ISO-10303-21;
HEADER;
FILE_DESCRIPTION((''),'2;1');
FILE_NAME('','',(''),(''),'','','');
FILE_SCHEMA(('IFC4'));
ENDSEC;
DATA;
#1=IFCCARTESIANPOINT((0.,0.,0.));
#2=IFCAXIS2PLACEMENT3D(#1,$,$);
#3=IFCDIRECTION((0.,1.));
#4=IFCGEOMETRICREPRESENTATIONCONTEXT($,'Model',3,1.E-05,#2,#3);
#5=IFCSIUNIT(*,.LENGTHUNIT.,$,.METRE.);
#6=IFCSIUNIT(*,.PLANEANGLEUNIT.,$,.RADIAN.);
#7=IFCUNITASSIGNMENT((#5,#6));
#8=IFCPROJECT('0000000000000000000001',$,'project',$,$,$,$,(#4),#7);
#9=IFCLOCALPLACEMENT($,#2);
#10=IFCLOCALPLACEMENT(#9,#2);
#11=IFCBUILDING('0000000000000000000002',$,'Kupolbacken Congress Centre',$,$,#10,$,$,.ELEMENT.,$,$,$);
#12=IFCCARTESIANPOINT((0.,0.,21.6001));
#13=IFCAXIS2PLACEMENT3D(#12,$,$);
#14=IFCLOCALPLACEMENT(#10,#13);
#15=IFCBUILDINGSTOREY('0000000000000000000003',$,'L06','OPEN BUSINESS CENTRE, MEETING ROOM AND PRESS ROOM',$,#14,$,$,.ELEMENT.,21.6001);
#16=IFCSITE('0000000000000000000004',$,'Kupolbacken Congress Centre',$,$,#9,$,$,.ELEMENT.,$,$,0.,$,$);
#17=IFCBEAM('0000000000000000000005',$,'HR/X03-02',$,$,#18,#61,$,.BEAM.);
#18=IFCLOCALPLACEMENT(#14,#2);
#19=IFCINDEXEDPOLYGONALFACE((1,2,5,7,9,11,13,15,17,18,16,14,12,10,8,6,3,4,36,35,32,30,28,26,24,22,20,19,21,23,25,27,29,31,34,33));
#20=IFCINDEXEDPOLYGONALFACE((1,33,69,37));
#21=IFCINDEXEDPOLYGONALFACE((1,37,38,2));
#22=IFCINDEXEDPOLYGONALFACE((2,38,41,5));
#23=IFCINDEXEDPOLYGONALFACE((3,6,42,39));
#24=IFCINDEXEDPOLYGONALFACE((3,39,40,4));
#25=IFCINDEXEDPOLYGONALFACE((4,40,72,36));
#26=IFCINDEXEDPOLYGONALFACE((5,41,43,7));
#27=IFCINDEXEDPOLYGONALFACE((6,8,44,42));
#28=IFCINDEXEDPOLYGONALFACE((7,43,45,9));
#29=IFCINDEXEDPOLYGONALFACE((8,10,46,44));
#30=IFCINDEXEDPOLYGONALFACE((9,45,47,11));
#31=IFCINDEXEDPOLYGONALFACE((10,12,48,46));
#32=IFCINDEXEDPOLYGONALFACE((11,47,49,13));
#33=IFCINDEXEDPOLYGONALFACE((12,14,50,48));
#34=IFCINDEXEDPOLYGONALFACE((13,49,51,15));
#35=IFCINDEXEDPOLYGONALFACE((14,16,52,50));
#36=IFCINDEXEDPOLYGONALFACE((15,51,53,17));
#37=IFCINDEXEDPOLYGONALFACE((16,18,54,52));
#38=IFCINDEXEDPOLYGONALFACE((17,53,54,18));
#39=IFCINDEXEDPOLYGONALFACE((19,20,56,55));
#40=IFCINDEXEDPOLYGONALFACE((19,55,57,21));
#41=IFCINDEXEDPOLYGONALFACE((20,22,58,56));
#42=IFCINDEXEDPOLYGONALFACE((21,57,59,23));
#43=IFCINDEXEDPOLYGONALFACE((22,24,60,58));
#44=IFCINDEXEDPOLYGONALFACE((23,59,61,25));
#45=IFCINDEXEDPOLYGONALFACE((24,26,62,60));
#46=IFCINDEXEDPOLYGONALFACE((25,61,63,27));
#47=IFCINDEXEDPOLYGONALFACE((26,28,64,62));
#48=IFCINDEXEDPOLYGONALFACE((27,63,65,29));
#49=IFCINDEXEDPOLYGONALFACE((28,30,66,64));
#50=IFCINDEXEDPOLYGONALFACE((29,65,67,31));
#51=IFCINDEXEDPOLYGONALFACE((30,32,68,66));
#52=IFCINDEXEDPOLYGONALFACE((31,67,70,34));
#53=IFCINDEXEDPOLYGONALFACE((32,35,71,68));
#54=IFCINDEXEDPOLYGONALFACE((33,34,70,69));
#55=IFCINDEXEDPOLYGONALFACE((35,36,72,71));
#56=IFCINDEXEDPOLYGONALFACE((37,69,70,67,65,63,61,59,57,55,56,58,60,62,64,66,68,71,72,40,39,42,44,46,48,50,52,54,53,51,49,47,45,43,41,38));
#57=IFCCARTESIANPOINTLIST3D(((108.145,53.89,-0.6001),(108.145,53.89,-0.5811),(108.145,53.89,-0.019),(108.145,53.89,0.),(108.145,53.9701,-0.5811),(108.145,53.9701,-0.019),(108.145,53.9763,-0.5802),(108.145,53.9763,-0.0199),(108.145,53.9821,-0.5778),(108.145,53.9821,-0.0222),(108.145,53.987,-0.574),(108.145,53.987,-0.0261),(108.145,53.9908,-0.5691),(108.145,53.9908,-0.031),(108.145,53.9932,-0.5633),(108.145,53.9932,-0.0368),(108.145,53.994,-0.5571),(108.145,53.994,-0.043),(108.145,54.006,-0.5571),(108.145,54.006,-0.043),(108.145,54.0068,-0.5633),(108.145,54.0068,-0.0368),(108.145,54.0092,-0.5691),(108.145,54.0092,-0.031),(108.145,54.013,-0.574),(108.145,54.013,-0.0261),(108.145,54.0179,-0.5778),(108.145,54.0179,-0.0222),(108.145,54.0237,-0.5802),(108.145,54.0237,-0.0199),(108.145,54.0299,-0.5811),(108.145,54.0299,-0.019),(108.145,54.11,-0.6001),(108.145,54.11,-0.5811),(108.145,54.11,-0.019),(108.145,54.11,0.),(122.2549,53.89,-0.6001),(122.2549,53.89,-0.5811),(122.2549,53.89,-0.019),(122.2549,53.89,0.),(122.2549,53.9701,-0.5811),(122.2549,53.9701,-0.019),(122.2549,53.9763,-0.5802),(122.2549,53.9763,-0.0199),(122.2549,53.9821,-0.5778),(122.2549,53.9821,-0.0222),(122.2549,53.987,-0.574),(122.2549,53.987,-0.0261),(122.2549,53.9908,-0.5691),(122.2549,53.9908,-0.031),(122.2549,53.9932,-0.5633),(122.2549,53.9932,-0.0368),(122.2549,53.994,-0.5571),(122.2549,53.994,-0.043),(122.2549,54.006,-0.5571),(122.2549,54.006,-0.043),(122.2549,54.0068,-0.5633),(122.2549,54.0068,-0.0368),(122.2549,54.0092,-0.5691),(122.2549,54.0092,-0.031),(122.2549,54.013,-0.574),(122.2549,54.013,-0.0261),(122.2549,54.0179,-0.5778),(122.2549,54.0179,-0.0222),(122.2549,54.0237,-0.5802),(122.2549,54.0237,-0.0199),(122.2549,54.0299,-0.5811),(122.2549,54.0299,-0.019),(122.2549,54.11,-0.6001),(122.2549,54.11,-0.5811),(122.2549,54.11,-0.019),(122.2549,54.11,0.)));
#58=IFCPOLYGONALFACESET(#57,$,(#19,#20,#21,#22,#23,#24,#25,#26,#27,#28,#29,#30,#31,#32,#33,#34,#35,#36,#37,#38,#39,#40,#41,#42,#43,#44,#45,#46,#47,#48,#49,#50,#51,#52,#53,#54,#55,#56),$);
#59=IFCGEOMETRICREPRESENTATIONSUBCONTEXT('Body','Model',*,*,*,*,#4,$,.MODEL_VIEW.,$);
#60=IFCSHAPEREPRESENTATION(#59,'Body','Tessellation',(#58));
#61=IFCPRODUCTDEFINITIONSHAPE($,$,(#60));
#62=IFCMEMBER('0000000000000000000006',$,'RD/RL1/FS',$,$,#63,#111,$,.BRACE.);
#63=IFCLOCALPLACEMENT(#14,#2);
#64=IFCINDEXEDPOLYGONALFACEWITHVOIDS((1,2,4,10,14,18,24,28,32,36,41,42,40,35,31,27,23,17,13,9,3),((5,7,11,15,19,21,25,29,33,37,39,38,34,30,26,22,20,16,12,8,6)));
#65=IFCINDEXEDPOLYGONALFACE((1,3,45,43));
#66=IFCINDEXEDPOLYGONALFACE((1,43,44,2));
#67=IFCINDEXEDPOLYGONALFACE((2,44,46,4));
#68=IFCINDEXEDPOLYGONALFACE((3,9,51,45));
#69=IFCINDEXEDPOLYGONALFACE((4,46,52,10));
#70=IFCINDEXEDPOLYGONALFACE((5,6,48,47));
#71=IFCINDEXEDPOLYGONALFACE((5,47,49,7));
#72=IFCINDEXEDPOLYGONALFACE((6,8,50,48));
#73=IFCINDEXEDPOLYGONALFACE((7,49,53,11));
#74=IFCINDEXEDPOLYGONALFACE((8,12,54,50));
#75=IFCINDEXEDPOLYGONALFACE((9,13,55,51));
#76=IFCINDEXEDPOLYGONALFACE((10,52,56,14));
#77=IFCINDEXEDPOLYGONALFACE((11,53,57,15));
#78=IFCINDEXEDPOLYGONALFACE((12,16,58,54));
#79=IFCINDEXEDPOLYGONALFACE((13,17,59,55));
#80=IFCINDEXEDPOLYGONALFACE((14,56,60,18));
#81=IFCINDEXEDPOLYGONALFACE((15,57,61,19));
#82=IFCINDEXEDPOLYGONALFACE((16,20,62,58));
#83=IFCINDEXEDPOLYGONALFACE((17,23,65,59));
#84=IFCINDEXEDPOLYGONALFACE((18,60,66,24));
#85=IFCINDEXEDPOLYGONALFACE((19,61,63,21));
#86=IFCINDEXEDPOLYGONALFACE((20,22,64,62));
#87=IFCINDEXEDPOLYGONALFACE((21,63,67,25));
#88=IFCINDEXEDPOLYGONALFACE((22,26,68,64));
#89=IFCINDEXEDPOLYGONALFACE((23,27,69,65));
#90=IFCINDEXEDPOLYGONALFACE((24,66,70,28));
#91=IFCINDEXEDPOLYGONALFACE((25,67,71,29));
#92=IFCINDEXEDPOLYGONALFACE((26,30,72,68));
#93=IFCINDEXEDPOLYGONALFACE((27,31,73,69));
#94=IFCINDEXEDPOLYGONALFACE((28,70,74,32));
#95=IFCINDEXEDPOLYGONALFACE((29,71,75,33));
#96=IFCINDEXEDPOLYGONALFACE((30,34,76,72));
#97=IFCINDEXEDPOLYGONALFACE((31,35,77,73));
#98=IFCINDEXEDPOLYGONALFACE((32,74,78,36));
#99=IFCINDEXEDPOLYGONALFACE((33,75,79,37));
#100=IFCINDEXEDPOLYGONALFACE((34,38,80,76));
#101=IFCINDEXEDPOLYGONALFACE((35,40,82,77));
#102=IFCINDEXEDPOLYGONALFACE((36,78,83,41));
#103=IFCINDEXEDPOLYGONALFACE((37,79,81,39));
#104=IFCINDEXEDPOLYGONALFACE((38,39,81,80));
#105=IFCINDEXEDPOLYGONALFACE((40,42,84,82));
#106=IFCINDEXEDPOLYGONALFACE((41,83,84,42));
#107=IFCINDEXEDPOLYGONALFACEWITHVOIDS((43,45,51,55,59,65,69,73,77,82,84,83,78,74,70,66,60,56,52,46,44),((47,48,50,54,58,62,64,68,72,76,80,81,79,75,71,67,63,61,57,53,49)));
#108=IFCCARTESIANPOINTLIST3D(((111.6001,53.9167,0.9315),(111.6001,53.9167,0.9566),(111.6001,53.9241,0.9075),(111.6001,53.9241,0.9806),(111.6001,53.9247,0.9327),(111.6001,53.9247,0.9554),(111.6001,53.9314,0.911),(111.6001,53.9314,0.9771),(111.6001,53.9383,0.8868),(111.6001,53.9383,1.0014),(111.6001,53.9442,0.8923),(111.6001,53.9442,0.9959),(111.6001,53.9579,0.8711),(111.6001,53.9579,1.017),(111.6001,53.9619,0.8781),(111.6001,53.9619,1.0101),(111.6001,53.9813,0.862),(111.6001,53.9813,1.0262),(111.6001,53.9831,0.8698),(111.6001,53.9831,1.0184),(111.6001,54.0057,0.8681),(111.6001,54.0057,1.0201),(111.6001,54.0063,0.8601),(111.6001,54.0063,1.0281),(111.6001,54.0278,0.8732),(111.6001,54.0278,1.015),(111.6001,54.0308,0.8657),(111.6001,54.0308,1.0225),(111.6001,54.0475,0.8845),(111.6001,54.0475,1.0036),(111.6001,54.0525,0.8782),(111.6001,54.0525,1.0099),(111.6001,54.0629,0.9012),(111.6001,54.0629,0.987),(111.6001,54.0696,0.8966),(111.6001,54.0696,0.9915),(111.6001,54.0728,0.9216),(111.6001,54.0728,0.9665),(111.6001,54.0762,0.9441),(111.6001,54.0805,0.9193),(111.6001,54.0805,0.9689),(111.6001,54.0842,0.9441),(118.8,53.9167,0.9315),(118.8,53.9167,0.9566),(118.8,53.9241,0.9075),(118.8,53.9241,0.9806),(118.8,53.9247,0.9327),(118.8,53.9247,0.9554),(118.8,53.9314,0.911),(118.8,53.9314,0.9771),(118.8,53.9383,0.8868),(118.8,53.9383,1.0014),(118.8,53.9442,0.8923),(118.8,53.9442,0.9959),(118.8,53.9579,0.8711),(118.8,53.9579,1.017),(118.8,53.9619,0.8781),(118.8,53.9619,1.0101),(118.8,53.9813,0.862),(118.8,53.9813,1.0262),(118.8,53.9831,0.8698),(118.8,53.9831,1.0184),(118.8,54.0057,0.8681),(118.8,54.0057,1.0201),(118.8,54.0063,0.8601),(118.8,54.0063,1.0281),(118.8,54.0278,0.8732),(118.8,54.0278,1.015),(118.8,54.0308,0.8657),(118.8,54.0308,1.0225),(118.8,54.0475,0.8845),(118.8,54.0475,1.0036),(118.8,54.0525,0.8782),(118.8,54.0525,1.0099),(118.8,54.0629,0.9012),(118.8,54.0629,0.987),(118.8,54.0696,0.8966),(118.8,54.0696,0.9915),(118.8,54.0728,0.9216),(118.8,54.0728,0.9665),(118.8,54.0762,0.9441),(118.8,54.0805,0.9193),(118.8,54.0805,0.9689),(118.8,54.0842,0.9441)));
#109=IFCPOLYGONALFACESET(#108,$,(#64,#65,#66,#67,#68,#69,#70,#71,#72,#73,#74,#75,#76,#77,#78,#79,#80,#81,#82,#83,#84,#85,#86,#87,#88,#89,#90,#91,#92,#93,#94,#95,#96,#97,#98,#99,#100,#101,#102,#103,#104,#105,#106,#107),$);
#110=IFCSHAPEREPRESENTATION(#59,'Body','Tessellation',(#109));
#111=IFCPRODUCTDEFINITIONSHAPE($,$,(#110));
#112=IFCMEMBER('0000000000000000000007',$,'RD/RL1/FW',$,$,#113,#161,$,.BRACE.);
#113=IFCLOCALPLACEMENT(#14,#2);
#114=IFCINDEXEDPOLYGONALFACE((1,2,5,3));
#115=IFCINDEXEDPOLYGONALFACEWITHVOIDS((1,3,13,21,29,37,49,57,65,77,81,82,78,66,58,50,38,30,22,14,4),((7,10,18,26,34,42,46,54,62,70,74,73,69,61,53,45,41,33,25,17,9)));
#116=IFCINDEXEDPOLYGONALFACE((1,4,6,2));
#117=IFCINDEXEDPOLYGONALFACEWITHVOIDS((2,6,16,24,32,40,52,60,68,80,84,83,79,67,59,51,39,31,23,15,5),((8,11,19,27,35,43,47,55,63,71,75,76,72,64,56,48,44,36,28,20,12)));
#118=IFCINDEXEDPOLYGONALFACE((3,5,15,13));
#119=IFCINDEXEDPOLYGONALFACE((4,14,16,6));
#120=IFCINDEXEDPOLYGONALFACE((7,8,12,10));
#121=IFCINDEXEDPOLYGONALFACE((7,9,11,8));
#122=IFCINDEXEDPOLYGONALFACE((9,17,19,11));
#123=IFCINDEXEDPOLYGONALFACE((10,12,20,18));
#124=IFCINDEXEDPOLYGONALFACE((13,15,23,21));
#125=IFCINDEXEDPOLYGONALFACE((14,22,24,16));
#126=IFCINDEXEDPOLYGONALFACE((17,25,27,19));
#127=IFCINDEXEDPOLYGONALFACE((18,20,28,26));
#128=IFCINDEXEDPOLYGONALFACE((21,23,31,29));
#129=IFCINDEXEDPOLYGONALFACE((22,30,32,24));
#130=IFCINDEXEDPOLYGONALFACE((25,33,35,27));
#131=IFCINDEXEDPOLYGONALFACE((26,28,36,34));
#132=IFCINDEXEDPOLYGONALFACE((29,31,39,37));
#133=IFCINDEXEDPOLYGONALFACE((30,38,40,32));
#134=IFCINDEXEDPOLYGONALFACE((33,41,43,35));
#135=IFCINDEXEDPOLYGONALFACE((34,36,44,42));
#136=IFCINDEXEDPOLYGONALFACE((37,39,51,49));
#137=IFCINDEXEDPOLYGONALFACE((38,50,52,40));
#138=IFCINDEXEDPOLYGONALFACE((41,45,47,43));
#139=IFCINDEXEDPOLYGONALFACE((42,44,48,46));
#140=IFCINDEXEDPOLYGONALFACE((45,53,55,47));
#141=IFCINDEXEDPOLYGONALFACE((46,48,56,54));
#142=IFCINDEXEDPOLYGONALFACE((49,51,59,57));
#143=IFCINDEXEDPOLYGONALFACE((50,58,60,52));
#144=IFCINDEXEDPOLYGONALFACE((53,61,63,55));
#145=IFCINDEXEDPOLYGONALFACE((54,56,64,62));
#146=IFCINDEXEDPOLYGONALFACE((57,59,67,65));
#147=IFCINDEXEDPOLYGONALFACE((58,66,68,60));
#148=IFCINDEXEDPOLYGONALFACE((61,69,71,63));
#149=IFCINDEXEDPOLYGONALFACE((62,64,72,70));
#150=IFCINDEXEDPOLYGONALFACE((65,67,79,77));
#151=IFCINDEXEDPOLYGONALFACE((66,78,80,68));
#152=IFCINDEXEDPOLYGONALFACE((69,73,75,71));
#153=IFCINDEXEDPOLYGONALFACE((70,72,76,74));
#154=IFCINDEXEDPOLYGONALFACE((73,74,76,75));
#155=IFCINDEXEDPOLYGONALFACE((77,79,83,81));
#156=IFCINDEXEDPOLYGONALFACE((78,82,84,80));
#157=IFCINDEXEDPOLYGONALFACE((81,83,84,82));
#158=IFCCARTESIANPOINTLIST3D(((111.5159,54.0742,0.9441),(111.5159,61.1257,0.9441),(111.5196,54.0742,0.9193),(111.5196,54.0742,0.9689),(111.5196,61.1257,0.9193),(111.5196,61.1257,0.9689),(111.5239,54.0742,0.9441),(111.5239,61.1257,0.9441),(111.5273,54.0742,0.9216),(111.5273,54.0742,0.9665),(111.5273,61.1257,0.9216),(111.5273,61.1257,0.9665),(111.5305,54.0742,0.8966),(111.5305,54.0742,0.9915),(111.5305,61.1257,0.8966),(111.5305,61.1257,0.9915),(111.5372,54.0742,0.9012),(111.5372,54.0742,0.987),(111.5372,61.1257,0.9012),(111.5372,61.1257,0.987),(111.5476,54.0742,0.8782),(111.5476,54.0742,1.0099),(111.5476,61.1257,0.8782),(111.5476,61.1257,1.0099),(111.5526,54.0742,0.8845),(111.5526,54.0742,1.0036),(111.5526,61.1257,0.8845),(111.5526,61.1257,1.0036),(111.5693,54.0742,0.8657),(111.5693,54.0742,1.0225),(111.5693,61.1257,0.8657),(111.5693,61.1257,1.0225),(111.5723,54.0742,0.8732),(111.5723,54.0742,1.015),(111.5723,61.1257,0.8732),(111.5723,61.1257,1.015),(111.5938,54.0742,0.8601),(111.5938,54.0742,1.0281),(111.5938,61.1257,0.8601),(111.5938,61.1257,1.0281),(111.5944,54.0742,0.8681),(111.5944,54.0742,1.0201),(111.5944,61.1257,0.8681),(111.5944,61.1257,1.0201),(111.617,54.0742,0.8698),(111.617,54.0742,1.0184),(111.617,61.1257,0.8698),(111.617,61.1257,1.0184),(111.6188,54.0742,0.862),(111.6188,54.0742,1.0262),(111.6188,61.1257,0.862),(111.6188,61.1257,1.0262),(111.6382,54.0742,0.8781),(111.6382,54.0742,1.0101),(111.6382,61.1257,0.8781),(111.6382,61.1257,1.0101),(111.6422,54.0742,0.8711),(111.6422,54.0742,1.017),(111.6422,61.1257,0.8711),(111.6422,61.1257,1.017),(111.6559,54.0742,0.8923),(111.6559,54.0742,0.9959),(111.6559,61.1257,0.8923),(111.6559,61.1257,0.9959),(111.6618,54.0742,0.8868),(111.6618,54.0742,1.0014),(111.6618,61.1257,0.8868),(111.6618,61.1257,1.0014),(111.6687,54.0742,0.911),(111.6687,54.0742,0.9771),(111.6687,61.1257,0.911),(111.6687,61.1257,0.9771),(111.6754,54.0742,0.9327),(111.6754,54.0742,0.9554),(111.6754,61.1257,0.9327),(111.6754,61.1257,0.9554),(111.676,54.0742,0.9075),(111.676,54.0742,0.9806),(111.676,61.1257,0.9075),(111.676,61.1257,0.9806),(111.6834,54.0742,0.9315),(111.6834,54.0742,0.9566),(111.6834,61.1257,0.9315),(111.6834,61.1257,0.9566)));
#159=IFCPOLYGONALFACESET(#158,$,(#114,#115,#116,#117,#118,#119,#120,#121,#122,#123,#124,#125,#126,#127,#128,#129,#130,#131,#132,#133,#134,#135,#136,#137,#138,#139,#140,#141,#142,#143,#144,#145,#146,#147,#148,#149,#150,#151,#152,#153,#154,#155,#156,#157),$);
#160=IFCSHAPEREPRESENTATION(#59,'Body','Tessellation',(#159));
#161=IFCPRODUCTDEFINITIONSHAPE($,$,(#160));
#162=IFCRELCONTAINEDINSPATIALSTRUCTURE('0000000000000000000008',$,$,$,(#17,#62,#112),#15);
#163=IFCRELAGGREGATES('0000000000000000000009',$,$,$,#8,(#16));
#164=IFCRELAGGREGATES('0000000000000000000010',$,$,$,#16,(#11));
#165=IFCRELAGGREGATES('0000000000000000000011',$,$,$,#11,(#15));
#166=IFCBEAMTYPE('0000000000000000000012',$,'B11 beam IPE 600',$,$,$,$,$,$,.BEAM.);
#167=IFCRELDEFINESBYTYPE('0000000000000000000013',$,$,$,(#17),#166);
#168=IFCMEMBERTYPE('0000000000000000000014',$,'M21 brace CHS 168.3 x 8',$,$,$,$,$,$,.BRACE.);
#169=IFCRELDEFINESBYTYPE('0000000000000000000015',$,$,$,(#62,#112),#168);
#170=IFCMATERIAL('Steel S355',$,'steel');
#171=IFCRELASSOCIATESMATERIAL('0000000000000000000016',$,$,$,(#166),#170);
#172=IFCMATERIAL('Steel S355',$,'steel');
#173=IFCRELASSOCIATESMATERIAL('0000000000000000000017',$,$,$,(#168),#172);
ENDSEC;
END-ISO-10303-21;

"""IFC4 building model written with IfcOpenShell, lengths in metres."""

from ifc_helpers import new_model, si_unit, direction, frame, origin, origin_2d, place, context, subcontext, project, spatial, hollow_circle, i_section, extrude, material, material_profile, profile_set, type_object, element, save


model = new_model("IFC4")

# Units and contexts
model_context = context("Model", 3, precision=1e-05, world=origin(), true_north=direction((0.0, 1.0)))
body_context = subcontext(model_context, "Body", "Model", "MODEL_VIEW")
ifc_project = project(units=[si_unit("LENGTHUNIT", "METRE"), si_unit("PLANEANGLEUNIT", "RADIAN")], contexts=[model_context])

# Site, building, storey
site_placement = place(None, origin())
site = spatial("IfcSite", under=ifc_project, at=site_placement, Name="Kupolbacken Congress Centre", CompositionType="ELEMENT", RefElevation=0.0)
building_placement = place(site_placement, origin())
building = spatial("IfcBuilding", under=site, at=building_placement, Name="Kupolbacken Congress Centre", CompositionType="ELEMENT")
storey_placement = place(building_placement, frame((0.0, 0.0, 21.6001)))
storey = spatial("IfcBuildingStorey", under=building, at=storey_placement, Name="L06", Description="OPEN BUSINESS CENTRE, MEETING ROOM AND PRESS ROOM", CompositionType="ELEMENT", Elevation=21.6001)

# Beam
ifc_material_1 = material(Name="Steel S355", Category="steel")
ifc_material_profile_1 = material_profile(ifc_material_1, i_section(OverallWidth=0.22, OverallDepth=0.6001, WebThickness=0.012, FlangeThickness=0.019, FilletRadius=0.0239, at=origin_2d()), Name="IPE 600")
ifc_profile_set_1 = profile_set([ifc_material_profile_1], Name="Steel S355")
beam_type_1 = type_object("IfcBeamType", Name="B11 beam IPE 600", PredefinedType="BEAM", material=ifc_profile_set_1)
beam_1_placement = place(storey_placement, frame((108.145, 54.0, -0.3), z_axis=(1.0, 0.0, 0.0), x_axis=(0.0, 1.0, 0.0)))
element("IfcBeam", 1, at=beam_1_placement, inside=storey, type_object=beam_type_1, Name="HR/X03-02", PredefinedType="BEAM", context=body_context, shape_type="SweptSolid", body=[
    extrude(i_section(OverallWidth=0.22, OverallDepth=0.6001, WebThickness=0.012, FlangeThickness=0.019, FilletRadius=0.0239, at=origin_2d()), origin(), (0.0, 0.0, 1.0), 14.1099),
])

# Members
ifc_material_2 = material(Name="Steel S355", Category="steel")
ifc_material_profile_2 = material_profile(ifc_material_2, hollow_circle(Radius=0.0842, WallThickness=0.0081, at=origin_2d()), Name="CHS 168.3 x 8")
ifc_profile_set_2 = profile_set([ifc_material_profile_2], Name="Steel S355")
member_type = type_object("IfcMemberType", Name="M21 brace CHS 168.3 x 8", PredefinedType="BRACE", material=ifc_profile_set_2)
member_placement = place(storey_placement, frame((111.6001, 54.0, 0.9441), z_axis=(1.0, 0.0, 0.0), x_axis=(0.0, 1.0, 0.0)))
element("IfcMember", 2, at=member_placement, inside=storey, type_object=member_type, Name="RD/RL1/FS", PredefinedType="BRACE", context=body_context, shape_type="SweptSolid", body=[
    extrude(hollow_circle(Radius=0.0842, WallThickness=0.0081, at=origin_2d()), origin(), (0.0, 0.0, 1.0), 7.2),
])
for number, where, z_axis, x_axis, name in (
    (3, (111.6001, 54.0742, 0.9441), (0.0, 1.0, 0.0), (-1.0, 0.0, 0.0), "RD/RL1/FW"),
):
    element("IfcMember", number, at=place(storey_placement, frame(where, z_axis=z_axis, x_axis=x_axis)), inside=storey, type_object=member_type, Name=name, PredefinedType="BRACE", context=body_context, shape_type="SweptSolid", body=[
        extrude(hollow_circle(Radius=0.0842, WallThickness=0.0081, at=origin_2d()), origin(), (0.0, 0.0, 1.0), 7.0515),
    ])

save(model, "model.ifc")
